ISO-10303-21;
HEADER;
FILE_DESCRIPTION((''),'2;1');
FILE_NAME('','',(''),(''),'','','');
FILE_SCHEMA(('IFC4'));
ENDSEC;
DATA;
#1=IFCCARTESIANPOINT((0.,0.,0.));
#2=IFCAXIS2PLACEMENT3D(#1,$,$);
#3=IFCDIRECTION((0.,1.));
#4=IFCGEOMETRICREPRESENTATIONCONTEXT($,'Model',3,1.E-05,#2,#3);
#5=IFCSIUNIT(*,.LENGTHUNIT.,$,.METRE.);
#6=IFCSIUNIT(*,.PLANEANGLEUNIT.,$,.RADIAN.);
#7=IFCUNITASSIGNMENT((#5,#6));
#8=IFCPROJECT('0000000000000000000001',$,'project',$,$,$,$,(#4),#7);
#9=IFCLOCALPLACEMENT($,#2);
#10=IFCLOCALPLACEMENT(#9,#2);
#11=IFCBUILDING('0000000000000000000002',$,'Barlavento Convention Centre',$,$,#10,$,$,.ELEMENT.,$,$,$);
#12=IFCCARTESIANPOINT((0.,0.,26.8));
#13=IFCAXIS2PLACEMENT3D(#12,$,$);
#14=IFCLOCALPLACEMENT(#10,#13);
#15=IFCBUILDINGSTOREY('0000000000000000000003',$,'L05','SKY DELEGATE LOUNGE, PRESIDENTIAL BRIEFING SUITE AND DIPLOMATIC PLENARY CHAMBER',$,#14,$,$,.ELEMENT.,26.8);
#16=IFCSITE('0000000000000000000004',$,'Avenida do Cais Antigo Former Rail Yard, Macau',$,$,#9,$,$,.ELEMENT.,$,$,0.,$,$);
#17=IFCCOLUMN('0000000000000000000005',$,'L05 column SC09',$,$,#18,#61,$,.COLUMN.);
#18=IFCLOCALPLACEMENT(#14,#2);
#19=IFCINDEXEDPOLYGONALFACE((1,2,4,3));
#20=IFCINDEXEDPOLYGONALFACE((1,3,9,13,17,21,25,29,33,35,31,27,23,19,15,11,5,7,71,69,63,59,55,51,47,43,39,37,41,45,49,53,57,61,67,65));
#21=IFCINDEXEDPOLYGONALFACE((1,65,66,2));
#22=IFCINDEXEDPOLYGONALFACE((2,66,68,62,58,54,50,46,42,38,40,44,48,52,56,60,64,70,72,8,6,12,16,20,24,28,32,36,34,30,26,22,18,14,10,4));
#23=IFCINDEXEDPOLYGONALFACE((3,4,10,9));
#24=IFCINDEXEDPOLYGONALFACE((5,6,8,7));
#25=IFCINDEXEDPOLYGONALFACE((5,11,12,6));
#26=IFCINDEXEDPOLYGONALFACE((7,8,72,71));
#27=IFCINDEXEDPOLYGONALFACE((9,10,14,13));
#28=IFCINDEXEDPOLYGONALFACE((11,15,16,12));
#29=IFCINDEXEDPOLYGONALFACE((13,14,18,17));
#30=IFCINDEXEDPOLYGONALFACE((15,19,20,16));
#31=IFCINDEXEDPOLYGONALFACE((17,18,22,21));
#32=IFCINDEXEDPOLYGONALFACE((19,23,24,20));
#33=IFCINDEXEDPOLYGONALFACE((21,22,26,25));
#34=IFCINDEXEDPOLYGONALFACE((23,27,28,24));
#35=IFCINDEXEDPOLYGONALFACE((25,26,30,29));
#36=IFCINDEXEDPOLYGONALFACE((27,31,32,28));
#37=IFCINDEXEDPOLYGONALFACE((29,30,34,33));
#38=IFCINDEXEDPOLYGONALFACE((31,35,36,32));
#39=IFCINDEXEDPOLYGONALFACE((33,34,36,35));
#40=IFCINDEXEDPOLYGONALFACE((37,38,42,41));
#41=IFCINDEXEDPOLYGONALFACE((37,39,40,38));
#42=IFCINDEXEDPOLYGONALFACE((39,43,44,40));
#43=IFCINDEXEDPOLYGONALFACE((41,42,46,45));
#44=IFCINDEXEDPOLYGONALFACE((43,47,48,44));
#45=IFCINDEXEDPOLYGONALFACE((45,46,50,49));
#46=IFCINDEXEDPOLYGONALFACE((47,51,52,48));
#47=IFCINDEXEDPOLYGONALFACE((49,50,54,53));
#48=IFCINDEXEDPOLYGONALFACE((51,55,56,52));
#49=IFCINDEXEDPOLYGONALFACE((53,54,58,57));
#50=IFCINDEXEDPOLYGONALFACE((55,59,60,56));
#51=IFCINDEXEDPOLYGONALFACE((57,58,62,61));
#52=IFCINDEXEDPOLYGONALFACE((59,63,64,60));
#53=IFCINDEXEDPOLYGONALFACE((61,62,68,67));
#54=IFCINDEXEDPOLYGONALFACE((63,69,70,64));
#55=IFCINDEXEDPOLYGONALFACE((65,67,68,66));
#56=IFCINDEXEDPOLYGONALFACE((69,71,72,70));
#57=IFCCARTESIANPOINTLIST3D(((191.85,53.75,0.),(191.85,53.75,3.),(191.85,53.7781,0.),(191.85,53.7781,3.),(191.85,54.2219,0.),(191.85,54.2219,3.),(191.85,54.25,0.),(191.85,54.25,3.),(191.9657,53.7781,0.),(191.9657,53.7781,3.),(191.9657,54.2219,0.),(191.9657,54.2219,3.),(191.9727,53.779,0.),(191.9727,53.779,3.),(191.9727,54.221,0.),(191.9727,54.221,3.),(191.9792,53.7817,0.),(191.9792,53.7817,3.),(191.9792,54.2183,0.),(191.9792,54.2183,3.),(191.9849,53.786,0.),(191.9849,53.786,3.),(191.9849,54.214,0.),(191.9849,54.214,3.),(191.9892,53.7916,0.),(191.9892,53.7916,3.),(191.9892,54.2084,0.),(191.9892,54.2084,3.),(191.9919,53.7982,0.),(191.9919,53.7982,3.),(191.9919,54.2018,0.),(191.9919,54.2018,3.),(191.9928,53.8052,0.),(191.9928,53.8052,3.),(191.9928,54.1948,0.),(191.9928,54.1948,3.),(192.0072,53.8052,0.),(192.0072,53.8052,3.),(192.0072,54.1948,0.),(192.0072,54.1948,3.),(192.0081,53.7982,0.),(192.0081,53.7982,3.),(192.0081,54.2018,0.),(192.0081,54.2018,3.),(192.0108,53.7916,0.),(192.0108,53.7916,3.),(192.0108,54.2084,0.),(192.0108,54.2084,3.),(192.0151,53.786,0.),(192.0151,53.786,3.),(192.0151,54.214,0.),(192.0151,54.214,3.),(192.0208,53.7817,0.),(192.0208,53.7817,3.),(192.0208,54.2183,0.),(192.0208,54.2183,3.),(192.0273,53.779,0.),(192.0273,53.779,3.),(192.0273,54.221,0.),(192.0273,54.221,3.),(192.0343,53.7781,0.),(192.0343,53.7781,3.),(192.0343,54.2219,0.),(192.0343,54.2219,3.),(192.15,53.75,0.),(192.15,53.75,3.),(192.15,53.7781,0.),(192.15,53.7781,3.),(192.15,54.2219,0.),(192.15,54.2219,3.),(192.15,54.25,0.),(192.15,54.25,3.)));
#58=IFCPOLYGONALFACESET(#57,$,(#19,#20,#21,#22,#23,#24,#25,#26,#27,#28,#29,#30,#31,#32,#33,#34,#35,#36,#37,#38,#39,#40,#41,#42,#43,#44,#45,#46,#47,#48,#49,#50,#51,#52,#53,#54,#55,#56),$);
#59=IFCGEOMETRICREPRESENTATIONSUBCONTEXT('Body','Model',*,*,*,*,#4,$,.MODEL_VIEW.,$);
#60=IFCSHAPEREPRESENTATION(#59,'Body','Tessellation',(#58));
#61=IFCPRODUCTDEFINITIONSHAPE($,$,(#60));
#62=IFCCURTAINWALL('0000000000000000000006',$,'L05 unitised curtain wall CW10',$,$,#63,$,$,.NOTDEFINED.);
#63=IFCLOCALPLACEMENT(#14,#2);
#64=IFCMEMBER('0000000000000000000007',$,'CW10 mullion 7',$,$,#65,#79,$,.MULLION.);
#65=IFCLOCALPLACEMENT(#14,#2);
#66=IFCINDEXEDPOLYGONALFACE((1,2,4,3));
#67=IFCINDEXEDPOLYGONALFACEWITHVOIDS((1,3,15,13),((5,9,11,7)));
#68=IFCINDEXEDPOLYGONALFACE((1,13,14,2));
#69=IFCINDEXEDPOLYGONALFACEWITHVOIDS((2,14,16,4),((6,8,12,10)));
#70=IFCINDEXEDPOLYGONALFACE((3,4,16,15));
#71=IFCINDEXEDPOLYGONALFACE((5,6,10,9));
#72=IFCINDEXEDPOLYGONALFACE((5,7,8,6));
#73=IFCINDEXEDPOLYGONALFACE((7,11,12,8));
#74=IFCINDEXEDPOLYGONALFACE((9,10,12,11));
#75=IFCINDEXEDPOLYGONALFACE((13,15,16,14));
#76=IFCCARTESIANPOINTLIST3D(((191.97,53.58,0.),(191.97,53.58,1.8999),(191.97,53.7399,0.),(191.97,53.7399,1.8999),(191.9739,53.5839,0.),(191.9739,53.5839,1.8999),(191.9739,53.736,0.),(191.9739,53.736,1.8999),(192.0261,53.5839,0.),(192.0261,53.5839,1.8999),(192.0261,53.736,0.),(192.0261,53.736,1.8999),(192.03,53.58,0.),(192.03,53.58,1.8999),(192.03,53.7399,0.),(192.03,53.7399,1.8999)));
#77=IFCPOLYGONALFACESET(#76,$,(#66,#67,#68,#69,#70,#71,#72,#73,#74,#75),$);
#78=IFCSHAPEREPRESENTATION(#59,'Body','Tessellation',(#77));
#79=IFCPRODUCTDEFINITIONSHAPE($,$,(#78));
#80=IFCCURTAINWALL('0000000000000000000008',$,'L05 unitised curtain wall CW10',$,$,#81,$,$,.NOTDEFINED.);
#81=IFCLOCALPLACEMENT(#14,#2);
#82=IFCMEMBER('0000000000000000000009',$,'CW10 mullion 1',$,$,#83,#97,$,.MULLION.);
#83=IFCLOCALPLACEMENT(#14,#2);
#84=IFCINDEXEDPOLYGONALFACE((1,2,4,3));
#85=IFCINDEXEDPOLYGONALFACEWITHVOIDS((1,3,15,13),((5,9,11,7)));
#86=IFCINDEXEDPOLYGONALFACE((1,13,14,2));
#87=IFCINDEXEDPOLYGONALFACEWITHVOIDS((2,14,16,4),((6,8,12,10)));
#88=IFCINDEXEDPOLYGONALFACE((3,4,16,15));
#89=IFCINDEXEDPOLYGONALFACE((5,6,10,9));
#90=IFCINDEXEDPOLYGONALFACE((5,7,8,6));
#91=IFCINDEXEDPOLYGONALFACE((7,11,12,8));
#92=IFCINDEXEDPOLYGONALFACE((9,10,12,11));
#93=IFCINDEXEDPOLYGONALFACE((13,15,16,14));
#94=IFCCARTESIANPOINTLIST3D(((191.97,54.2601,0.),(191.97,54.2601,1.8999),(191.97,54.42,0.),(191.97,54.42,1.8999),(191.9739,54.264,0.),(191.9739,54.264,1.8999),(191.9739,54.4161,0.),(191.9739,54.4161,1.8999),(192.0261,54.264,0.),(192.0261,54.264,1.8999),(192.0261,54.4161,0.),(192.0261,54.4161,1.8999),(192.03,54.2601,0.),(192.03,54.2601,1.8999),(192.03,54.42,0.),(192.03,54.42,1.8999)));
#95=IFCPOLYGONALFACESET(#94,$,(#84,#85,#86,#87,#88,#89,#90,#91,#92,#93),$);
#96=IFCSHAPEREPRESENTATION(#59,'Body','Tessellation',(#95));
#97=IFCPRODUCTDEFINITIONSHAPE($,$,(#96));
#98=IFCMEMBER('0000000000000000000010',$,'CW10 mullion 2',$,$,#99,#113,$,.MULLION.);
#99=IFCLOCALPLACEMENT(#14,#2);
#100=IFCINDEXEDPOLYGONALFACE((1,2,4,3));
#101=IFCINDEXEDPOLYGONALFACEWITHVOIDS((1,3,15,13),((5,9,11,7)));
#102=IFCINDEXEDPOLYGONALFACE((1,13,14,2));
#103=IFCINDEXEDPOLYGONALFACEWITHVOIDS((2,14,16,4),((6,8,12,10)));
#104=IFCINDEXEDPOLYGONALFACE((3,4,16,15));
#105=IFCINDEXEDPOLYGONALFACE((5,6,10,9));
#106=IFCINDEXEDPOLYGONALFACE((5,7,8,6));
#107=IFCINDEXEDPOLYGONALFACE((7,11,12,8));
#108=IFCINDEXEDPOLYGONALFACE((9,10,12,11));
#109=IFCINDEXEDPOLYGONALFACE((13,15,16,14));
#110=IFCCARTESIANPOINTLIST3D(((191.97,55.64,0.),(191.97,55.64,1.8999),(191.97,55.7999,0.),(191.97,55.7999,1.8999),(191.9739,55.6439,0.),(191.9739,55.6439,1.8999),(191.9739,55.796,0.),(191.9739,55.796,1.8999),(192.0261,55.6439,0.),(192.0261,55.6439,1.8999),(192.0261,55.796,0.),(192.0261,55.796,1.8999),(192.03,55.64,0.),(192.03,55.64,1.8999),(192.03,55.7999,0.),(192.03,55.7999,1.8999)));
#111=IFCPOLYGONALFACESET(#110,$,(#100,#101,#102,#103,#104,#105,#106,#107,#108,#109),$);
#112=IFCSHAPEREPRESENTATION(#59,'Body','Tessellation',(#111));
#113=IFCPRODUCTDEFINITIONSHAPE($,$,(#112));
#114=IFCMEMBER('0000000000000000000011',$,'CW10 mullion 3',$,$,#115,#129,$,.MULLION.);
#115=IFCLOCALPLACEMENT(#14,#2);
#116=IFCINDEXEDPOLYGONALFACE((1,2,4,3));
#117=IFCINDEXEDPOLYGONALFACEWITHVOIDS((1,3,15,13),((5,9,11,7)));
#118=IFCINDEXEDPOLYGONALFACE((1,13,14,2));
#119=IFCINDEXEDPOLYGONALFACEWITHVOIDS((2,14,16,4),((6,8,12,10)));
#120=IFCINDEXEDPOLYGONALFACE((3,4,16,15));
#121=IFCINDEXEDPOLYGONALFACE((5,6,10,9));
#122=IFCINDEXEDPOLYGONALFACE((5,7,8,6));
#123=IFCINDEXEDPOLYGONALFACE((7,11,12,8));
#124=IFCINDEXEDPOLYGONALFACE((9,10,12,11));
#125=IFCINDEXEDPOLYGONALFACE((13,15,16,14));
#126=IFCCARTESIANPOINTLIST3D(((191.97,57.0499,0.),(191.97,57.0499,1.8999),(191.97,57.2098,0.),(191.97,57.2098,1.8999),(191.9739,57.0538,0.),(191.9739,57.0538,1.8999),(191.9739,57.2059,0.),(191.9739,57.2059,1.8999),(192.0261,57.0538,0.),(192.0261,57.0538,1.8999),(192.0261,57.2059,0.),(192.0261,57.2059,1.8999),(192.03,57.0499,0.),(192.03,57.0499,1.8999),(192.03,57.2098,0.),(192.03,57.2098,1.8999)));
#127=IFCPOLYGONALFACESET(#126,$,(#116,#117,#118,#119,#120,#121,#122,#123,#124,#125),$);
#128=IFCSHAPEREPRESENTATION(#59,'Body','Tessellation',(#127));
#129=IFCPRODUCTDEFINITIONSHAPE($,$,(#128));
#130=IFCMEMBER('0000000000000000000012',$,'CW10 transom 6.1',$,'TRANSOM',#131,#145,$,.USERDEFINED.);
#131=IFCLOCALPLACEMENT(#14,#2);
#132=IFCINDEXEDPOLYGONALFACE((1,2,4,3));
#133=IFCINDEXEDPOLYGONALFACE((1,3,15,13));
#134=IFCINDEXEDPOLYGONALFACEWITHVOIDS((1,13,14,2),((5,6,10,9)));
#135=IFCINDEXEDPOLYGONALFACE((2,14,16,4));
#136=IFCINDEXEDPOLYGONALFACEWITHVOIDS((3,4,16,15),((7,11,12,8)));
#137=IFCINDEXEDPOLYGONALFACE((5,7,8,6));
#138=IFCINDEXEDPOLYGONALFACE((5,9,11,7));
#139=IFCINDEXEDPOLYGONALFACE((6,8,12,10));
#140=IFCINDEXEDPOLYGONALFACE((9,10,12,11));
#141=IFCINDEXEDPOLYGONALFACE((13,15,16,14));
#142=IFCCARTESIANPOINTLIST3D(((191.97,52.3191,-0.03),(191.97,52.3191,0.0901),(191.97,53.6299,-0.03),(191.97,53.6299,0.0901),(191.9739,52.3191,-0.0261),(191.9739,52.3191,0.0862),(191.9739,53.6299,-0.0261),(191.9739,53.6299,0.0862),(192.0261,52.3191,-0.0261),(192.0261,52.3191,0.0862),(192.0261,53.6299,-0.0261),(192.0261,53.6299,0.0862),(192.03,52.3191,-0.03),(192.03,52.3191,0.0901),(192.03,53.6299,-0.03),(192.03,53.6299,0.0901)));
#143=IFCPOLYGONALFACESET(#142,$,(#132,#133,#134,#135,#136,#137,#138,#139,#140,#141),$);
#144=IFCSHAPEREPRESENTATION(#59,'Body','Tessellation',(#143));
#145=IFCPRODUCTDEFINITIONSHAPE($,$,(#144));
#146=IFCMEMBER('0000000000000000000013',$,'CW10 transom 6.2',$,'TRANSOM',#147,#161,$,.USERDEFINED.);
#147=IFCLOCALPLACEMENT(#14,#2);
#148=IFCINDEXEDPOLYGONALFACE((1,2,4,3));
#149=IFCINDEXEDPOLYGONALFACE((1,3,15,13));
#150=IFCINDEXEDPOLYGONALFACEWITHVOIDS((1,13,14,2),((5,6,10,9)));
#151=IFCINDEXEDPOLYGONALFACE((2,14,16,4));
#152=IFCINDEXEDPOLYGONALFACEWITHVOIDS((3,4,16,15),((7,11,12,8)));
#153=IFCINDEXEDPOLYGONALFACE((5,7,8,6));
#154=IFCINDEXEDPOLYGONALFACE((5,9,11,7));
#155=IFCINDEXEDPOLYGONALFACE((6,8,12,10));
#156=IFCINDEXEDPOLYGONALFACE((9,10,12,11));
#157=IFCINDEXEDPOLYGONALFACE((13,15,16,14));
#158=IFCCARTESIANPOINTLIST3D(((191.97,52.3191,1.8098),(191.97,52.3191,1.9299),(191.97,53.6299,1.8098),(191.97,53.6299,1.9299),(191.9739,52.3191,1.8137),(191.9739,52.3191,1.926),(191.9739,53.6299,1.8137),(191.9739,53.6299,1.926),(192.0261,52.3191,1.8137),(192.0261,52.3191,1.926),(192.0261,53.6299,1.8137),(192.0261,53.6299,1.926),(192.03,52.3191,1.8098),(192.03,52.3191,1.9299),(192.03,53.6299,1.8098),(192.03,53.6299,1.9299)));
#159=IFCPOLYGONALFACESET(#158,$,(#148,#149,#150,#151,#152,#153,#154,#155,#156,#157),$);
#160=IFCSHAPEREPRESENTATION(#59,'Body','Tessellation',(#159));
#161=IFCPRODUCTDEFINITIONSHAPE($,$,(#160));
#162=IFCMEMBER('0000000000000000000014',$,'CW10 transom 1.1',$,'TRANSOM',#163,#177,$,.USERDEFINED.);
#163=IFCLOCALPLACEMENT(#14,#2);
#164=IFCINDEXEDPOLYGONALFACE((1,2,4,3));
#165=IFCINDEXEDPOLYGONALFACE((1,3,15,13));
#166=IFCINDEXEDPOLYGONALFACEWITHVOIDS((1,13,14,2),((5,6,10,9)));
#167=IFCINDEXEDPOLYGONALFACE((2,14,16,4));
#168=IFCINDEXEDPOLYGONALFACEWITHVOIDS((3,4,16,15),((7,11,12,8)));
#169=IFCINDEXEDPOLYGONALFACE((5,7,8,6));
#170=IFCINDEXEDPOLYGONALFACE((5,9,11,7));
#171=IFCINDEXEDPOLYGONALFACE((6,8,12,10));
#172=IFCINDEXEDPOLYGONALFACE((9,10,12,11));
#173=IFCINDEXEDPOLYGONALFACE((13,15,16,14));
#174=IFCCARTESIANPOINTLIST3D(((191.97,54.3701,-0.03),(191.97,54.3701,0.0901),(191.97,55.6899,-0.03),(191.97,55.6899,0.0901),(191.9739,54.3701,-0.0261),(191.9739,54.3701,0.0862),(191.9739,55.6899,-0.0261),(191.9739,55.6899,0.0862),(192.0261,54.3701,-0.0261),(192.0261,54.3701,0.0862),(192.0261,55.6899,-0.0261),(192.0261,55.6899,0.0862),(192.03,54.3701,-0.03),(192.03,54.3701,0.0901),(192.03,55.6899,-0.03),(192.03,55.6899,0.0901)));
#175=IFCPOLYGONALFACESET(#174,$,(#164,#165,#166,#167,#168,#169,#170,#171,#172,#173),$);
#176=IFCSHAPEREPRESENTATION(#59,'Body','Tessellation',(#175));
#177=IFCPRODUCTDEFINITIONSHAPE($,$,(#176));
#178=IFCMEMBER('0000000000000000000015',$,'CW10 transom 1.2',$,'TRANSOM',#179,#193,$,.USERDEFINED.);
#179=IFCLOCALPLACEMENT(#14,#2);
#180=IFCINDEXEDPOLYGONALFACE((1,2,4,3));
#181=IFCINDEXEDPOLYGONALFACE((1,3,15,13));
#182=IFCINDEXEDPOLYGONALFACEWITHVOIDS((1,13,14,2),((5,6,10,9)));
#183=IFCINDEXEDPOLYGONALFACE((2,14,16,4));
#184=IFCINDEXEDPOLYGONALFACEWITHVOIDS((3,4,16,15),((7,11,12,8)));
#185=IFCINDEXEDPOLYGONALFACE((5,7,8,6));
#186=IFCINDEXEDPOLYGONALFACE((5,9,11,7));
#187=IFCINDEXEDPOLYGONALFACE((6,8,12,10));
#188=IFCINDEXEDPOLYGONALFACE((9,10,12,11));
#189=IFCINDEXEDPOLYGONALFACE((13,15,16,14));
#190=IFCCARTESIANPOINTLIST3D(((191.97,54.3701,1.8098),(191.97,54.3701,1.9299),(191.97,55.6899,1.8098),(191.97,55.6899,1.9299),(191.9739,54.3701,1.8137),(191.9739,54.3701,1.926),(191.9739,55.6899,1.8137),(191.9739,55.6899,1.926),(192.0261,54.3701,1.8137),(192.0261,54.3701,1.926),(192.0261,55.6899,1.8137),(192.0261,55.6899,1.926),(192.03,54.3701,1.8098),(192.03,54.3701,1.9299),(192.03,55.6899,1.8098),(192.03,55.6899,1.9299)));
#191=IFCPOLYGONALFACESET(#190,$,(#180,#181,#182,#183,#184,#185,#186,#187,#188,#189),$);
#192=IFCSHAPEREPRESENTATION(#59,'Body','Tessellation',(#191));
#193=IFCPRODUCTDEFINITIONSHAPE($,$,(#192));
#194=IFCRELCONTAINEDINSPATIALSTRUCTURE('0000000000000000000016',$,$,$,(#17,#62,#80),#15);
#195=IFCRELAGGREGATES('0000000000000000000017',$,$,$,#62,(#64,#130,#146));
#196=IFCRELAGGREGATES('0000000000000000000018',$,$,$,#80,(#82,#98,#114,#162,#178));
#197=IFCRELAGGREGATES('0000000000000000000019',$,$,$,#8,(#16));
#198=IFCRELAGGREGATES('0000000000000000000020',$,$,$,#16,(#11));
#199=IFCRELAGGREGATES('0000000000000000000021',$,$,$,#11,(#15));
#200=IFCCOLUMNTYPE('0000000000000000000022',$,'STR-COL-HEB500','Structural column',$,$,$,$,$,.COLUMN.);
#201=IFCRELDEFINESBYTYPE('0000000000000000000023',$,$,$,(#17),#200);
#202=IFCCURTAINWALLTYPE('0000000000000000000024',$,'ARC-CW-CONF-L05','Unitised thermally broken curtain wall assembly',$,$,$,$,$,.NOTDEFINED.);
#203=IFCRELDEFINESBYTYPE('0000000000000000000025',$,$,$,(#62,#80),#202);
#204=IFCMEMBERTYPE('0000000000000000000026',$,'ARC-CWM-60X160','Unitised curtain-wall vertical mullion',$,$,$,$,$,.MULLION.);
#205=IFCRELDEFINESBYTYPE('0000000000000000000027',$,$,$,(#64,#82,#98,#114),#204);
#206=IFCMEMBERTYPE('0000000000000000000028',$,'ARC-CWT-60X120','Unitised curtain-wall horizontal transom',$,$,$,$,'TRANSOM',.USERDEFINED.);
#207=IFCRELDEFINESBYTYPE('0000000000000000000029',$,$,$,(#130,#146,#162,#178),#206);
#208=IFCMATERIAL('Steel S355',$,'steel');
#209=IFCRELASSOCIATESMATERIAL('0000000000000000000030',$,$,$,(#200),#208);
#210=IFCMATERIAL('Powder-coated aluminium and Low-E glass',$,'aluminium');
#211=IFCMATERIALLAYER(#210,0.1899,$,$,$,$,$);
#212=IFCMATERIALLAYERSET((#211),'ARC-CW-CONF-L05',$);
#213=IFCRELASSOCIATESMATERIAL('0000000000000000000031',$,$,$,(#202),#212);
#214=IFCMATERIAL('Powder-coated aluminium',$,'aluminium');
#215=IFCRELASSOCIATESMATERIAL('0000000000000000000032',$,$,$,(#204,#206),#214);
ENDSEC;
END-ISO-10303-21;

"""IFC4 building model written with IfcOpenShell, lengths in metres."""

from ifc_helpers import new_model, si_unit, direction, frame, origin, origin_2d, place, context, subcontext, project, spatial, hollow_rectangle, i_section, extrude, material, layer, layer_set, material_profile, profile_set, type_object, element, aggregate, save


model = new_model("IFC4")

# Units and contexts
model_context = context("Model", 3, precision=1e-05, world=origin(), true_north=direction((0.0, 1.0)))
body_context = subcontext(model_context, "Body", "Model", "MODEL_VIEW")
ifc_project = project(units=[si_unit("LENGTHUNIT", "METRE"), si_unit("PLANEANGLEUNIT", "RADIAN")], contexts=[model_context])

# Site, building, storey
site_placement = place(None, origin())
site = spatial("IfcSite", under=ifc_project, at=site_placement, Name="Avenida do Cais Antigo Former Rail Yard, Macau", CompositionType="ELEMENT", RefElevation=0.0)
building_placement = place(site_placement, origin())
building = spatial("IfcBuilding", under=site, at=building_placement, Name="Barlavento Convention Centre", CompositionType="ELEMENT")
storey_placement = place(building_placement, frame((0.0, 0.0, 26.8)))
storey = spatial("IfcBuildingStorey", under=building, at=storey_placement, Name="L05", Description="SKY DELEGATE LOUNGE, PRESIDENTIAL BRIEFING SUITE AND DIPLOMATIC PLENARY CHAMBER", CompositionType="ELEMENT", Elevation=26.8)

# Column
ifc_material_1 = material(Name="Steel S355", Category="steel")
ifc_material_profile_1 = material_profile(ifc_material_1, i_section(OverallWidth=0.3, OverallDepth=0.5, WebThickness=0.0144, FlangeThickness=0.0281, FilletRadius=0.0271, at=origin_2d()), Name="HEB 500")
ifc_profile_set_1 = profile_set([ifc_material_profile_1], Name="Steel S355")
column_type = type_object("IfcColumnType", Name="STR-COL-HEB500", Description="Structural column", PredefinedType="COLUMN", material=ifc_profile_set_1)
column_placement = place(storey_placement, frame((192.0, 54.0, 0.0), z_axis=(0.0, 0.0, 1.0), x_axis=(1.0, 0.0, 0.0)))
element("IfcColumn", 1, at=column_placement, inside=storey, type_object=column_type, Name="L05 column SC09", PredefinedType="COLUMN", context=body_context, shape_type="SweptSolid", body=[
    extrude(i_section(OverallWidth=0.3, OverallDepth=0.5, WebThickness=0.0144, FlangeThickness=0.0281, FilletRadius=0.0271, at=origin_2d()), origin(), (0.0, 0.0, 1.0), 3.0),
])

# Curtain wall, member
ifc_material_2 = material(Name="Powder-coated aluminium and Low-E glass", Category="aluminium")
ifc_layer_1 = layer(ifc_material_2, 0.1899)
ifc_layer_set_1 = layer_set([ifc_layer_1], Name="ARC-CW-CONF-L05")
curtain_wall_type = type_object("IfcCurtainWallType", Name="ARC-CW-CONF-L05", Description="Unitised thermally broken curtain wall assembly", PredefinedType="NOTDEFINED", material=ifc_layer_set_1)
curtain_wall_1_placement = place(storey_placement, origin())
curtain_wall_1 = element("IfcCurtainWall", 2, at=curtain_wall_1_placement, inside=storey, type_object=curtain_wall_type, Name="L05 unitised curtain wall CW10", PredefinedType="NOTDEFINED")
ifc_material_3 = material(Name="Powder-coated aluminium", Category="aluminium")
ifc_material_profile_2 = material_profile(ifc_material_3, hollow_rectangle(XDim=0.0601, YDim=0.1599, WallThickness=0.0039, at=origin_2d()), Name="AL-MULL 60x160x4")
ifc_profile_set_2 = profile_set([ifc_material_profile_2], Name="Powder-coated aluminium")
member_type_1 = type_object("IfcMemberType", Name="ARC-CWM-60X160", Description="Unitised curtain-wall vertical mullion", PredefinedType="MULLION", material=ifc_profile_set_2)
member_1_placement = place(storey_placement, frame((192.0, 53.6599, 0.0), z_axis=(0.0, 0.0, 1.0), x_axis=(-1.0, 0.0, 0.0)))
member_1 = element("IfcMember", 3, at=member_1_placement, type_object=member_type_1, Name="CW10 mullion 7", PredefinedType="MULLION", context=body_context, shape_type="SweptSolid", body=[
    extrude(hollow_rectangle(XDim=0.0601, YDim=0.1599, WallThickness=0.0039, at=origin_2d()), origin(), (0.0, 0.0, 1.0), 1.8999),
])

# Curtain wall, members
curtain_wall_2_placement = place(storey_placement, origin())
curtain_wall_2 = element("IfcCurtainWall", 4, at=curtain_wall_2_placement, inside=storey, type_object=curtain_wall_type, Name="L05 unitised curtain wall CW10", PredefinedType="NOTDEFINED")
member_2_placement = place(storey_placement, frame((192.0, 54.3401, 0.0), z_axis=(0.0, 0.0, 1.0), x_axis=(-1.0, 0.0, 0.0)))
member_2 = element("IfcMember", 5, at=member_2_placement, type_object=member_type_1, Name="CW10 mullion 1", PredefinedType="MULLION", context=body_context, shape_type="SweptSolid", body=[
    extrude(hollow_rectangle(XDim=0.0601, YDim=0.1599, WallThickness=0.0039, at=origin_2d()), origin(), (0.0, 0.0, 1.0), 1.8999),
])
member_3_placement = place(storey_placement, frame((192.0, 55.72, 0.0), z_axis=(0.0, 0.0, 1.0), x_axis=(-1.0, 0.0, 0.0)))
member_3 = element("IfcMember", 6, at=member_3_placement, type_object=member_type_1, Name="CW10 mullion 2", PredefinedType="MULLION", context=body_context, shape_type="SweptSolid", body=[
    extrude(hollow_rectangle(XDim=0.0601, YDim=0.1599, WallThickness=0.0039, at=origin_2d()), origin(), (0.0, 0.0, 1.0), 1.8999),
])
member_4_placement = place(storey_placement, frame((192.0, 57.1299, 0.0), z_axis=(0.0, 0.0, 1.0), x_axis=(-1.0, 0.0, 0.0)))
member_4 = element("IfcMember", 7, at=member_4_placement, type_object=member_type_1, Name="CW10 mullion 3", PredefinedType="MULLION", context=body_context, shape_type="SweptSolid", body=[
    extrude(hollow_rectangle(XDim=0.0601, YDim=0.1599, WallThickness=0.0039, at=origin_2d()), origin(), (0.0, 0.0, 1.0), 1.8999),
])

# Members
ifc_material_profile_3 = material_profile(ifc_material_3, hollow_rectangle(XDim=0.0601, YDim=0.1201, WallThickness=0.0039, at=origin_2d()), Name="AL-TRAN 60x120x4")
ifc_profile_set_3 = profile_set([ifc_material_profile_3], Name="Powder-coated aluminium")
member_type_2 = type_object("IfcMemberType", Name="ARC-CWT-60X120", Description="Unitised curtain-wall horizontal transom", ElementType="TRANSOM", PredefinedType="USERDEFINED", material=ifc_profile_set_3)
member_5_placement = place(storey_placement, frame((192.0, 52.3191, 0.03), z_axis=(0.0, 1.0, 0.0), x_axis=(-1.0, 0.0, 0.0)))
member_5 = element("IfcMember", 8, at=member_5_placement, type_object=member_type_2, Name="CW10 transom 6.1", ObjectType="TRANSOM", PredefinedType="USERDEFINED", context=body_context, shape_type="SweptSolid", body=[
    extrude(hollow_rectangle(XDim=0.0601, YDim=0.1201, WallThickness=0.0039, at=origin_2d()), origin(), (0.0, 0.0, 1.0), 1.3108),
])
member_6_placement = place(storey_placement, frame((192.0, 52.3191, 1.8699), z_axis=(0.0, 1.0, 0.0), x_axis=(-1.0, 0.0, 0.0)))
member_6 = element("IfcMember", 9, at=member_6_placement, type_object=member_type_2, Name="CW10 transom 6.2", ObjectType="TRANSOM", PredefinedType="USERDEFINED", context=body_context, shape_type="SweptSolid", body=[
    extrude(hollow_rectangle(XDim=0.0601, YDim=0.1201, WallThickness=0.0039, at=origin_2d()), origin(), (0.0, 0.0, 1.0), 1.3108),
])
member_7_placement = place(storey_placement, frame((192.0, 54.3701, 0.03), z_axis=(0.0, 1.0, 0.0), x_axis=(-1.0, 0.0, 0.0)))
member_7 = element("IfcMember", 10, at=member_7_placement, type_object=member_type_2, Name="CW10 transom 1.1", ObjectType="TRANSOM", PredefinedType="USERDEFINED", context=body_context, shape_type="SweptSolid", body=[
    extrude(hollow_rectangle(XDim=0.0601, YDim=0.1201, WallThickness=0.0039, at=origin_2d()), origin(), (0.0, 0.0, 1.0), 1.3198),
])
member_8_placement = place(storey_placement, frame((192.0, 54.3701, 1.8699), z_axis=(0.0, 1.0, 0.0), x_axis=(-1.0, 0.0, 0.0)))
member_8 = element("IfcMember", 11, at=member_8_placement, type_object=member_type_2, Name="CW10 transom 1.2", ObjectType="TRANSOM", PredefinedType="USERDEFINED", context=body_context, shape_type="SweptSolid", body=[
    extrude(hollow_rectangle(XDim=0.0601, YDim=0.1201, WallThickness=0.0039, at=origin_2d()), origin(), (0.0, 0.0, 1.0), 1.3198),
])

aggregate(curtain_wall_1, [member_1, member_5, member_6])
aggregate(curtain_wall_2, [member_2, member_3, member_4, member_7, member_8])

save(model, "model.ifc")
